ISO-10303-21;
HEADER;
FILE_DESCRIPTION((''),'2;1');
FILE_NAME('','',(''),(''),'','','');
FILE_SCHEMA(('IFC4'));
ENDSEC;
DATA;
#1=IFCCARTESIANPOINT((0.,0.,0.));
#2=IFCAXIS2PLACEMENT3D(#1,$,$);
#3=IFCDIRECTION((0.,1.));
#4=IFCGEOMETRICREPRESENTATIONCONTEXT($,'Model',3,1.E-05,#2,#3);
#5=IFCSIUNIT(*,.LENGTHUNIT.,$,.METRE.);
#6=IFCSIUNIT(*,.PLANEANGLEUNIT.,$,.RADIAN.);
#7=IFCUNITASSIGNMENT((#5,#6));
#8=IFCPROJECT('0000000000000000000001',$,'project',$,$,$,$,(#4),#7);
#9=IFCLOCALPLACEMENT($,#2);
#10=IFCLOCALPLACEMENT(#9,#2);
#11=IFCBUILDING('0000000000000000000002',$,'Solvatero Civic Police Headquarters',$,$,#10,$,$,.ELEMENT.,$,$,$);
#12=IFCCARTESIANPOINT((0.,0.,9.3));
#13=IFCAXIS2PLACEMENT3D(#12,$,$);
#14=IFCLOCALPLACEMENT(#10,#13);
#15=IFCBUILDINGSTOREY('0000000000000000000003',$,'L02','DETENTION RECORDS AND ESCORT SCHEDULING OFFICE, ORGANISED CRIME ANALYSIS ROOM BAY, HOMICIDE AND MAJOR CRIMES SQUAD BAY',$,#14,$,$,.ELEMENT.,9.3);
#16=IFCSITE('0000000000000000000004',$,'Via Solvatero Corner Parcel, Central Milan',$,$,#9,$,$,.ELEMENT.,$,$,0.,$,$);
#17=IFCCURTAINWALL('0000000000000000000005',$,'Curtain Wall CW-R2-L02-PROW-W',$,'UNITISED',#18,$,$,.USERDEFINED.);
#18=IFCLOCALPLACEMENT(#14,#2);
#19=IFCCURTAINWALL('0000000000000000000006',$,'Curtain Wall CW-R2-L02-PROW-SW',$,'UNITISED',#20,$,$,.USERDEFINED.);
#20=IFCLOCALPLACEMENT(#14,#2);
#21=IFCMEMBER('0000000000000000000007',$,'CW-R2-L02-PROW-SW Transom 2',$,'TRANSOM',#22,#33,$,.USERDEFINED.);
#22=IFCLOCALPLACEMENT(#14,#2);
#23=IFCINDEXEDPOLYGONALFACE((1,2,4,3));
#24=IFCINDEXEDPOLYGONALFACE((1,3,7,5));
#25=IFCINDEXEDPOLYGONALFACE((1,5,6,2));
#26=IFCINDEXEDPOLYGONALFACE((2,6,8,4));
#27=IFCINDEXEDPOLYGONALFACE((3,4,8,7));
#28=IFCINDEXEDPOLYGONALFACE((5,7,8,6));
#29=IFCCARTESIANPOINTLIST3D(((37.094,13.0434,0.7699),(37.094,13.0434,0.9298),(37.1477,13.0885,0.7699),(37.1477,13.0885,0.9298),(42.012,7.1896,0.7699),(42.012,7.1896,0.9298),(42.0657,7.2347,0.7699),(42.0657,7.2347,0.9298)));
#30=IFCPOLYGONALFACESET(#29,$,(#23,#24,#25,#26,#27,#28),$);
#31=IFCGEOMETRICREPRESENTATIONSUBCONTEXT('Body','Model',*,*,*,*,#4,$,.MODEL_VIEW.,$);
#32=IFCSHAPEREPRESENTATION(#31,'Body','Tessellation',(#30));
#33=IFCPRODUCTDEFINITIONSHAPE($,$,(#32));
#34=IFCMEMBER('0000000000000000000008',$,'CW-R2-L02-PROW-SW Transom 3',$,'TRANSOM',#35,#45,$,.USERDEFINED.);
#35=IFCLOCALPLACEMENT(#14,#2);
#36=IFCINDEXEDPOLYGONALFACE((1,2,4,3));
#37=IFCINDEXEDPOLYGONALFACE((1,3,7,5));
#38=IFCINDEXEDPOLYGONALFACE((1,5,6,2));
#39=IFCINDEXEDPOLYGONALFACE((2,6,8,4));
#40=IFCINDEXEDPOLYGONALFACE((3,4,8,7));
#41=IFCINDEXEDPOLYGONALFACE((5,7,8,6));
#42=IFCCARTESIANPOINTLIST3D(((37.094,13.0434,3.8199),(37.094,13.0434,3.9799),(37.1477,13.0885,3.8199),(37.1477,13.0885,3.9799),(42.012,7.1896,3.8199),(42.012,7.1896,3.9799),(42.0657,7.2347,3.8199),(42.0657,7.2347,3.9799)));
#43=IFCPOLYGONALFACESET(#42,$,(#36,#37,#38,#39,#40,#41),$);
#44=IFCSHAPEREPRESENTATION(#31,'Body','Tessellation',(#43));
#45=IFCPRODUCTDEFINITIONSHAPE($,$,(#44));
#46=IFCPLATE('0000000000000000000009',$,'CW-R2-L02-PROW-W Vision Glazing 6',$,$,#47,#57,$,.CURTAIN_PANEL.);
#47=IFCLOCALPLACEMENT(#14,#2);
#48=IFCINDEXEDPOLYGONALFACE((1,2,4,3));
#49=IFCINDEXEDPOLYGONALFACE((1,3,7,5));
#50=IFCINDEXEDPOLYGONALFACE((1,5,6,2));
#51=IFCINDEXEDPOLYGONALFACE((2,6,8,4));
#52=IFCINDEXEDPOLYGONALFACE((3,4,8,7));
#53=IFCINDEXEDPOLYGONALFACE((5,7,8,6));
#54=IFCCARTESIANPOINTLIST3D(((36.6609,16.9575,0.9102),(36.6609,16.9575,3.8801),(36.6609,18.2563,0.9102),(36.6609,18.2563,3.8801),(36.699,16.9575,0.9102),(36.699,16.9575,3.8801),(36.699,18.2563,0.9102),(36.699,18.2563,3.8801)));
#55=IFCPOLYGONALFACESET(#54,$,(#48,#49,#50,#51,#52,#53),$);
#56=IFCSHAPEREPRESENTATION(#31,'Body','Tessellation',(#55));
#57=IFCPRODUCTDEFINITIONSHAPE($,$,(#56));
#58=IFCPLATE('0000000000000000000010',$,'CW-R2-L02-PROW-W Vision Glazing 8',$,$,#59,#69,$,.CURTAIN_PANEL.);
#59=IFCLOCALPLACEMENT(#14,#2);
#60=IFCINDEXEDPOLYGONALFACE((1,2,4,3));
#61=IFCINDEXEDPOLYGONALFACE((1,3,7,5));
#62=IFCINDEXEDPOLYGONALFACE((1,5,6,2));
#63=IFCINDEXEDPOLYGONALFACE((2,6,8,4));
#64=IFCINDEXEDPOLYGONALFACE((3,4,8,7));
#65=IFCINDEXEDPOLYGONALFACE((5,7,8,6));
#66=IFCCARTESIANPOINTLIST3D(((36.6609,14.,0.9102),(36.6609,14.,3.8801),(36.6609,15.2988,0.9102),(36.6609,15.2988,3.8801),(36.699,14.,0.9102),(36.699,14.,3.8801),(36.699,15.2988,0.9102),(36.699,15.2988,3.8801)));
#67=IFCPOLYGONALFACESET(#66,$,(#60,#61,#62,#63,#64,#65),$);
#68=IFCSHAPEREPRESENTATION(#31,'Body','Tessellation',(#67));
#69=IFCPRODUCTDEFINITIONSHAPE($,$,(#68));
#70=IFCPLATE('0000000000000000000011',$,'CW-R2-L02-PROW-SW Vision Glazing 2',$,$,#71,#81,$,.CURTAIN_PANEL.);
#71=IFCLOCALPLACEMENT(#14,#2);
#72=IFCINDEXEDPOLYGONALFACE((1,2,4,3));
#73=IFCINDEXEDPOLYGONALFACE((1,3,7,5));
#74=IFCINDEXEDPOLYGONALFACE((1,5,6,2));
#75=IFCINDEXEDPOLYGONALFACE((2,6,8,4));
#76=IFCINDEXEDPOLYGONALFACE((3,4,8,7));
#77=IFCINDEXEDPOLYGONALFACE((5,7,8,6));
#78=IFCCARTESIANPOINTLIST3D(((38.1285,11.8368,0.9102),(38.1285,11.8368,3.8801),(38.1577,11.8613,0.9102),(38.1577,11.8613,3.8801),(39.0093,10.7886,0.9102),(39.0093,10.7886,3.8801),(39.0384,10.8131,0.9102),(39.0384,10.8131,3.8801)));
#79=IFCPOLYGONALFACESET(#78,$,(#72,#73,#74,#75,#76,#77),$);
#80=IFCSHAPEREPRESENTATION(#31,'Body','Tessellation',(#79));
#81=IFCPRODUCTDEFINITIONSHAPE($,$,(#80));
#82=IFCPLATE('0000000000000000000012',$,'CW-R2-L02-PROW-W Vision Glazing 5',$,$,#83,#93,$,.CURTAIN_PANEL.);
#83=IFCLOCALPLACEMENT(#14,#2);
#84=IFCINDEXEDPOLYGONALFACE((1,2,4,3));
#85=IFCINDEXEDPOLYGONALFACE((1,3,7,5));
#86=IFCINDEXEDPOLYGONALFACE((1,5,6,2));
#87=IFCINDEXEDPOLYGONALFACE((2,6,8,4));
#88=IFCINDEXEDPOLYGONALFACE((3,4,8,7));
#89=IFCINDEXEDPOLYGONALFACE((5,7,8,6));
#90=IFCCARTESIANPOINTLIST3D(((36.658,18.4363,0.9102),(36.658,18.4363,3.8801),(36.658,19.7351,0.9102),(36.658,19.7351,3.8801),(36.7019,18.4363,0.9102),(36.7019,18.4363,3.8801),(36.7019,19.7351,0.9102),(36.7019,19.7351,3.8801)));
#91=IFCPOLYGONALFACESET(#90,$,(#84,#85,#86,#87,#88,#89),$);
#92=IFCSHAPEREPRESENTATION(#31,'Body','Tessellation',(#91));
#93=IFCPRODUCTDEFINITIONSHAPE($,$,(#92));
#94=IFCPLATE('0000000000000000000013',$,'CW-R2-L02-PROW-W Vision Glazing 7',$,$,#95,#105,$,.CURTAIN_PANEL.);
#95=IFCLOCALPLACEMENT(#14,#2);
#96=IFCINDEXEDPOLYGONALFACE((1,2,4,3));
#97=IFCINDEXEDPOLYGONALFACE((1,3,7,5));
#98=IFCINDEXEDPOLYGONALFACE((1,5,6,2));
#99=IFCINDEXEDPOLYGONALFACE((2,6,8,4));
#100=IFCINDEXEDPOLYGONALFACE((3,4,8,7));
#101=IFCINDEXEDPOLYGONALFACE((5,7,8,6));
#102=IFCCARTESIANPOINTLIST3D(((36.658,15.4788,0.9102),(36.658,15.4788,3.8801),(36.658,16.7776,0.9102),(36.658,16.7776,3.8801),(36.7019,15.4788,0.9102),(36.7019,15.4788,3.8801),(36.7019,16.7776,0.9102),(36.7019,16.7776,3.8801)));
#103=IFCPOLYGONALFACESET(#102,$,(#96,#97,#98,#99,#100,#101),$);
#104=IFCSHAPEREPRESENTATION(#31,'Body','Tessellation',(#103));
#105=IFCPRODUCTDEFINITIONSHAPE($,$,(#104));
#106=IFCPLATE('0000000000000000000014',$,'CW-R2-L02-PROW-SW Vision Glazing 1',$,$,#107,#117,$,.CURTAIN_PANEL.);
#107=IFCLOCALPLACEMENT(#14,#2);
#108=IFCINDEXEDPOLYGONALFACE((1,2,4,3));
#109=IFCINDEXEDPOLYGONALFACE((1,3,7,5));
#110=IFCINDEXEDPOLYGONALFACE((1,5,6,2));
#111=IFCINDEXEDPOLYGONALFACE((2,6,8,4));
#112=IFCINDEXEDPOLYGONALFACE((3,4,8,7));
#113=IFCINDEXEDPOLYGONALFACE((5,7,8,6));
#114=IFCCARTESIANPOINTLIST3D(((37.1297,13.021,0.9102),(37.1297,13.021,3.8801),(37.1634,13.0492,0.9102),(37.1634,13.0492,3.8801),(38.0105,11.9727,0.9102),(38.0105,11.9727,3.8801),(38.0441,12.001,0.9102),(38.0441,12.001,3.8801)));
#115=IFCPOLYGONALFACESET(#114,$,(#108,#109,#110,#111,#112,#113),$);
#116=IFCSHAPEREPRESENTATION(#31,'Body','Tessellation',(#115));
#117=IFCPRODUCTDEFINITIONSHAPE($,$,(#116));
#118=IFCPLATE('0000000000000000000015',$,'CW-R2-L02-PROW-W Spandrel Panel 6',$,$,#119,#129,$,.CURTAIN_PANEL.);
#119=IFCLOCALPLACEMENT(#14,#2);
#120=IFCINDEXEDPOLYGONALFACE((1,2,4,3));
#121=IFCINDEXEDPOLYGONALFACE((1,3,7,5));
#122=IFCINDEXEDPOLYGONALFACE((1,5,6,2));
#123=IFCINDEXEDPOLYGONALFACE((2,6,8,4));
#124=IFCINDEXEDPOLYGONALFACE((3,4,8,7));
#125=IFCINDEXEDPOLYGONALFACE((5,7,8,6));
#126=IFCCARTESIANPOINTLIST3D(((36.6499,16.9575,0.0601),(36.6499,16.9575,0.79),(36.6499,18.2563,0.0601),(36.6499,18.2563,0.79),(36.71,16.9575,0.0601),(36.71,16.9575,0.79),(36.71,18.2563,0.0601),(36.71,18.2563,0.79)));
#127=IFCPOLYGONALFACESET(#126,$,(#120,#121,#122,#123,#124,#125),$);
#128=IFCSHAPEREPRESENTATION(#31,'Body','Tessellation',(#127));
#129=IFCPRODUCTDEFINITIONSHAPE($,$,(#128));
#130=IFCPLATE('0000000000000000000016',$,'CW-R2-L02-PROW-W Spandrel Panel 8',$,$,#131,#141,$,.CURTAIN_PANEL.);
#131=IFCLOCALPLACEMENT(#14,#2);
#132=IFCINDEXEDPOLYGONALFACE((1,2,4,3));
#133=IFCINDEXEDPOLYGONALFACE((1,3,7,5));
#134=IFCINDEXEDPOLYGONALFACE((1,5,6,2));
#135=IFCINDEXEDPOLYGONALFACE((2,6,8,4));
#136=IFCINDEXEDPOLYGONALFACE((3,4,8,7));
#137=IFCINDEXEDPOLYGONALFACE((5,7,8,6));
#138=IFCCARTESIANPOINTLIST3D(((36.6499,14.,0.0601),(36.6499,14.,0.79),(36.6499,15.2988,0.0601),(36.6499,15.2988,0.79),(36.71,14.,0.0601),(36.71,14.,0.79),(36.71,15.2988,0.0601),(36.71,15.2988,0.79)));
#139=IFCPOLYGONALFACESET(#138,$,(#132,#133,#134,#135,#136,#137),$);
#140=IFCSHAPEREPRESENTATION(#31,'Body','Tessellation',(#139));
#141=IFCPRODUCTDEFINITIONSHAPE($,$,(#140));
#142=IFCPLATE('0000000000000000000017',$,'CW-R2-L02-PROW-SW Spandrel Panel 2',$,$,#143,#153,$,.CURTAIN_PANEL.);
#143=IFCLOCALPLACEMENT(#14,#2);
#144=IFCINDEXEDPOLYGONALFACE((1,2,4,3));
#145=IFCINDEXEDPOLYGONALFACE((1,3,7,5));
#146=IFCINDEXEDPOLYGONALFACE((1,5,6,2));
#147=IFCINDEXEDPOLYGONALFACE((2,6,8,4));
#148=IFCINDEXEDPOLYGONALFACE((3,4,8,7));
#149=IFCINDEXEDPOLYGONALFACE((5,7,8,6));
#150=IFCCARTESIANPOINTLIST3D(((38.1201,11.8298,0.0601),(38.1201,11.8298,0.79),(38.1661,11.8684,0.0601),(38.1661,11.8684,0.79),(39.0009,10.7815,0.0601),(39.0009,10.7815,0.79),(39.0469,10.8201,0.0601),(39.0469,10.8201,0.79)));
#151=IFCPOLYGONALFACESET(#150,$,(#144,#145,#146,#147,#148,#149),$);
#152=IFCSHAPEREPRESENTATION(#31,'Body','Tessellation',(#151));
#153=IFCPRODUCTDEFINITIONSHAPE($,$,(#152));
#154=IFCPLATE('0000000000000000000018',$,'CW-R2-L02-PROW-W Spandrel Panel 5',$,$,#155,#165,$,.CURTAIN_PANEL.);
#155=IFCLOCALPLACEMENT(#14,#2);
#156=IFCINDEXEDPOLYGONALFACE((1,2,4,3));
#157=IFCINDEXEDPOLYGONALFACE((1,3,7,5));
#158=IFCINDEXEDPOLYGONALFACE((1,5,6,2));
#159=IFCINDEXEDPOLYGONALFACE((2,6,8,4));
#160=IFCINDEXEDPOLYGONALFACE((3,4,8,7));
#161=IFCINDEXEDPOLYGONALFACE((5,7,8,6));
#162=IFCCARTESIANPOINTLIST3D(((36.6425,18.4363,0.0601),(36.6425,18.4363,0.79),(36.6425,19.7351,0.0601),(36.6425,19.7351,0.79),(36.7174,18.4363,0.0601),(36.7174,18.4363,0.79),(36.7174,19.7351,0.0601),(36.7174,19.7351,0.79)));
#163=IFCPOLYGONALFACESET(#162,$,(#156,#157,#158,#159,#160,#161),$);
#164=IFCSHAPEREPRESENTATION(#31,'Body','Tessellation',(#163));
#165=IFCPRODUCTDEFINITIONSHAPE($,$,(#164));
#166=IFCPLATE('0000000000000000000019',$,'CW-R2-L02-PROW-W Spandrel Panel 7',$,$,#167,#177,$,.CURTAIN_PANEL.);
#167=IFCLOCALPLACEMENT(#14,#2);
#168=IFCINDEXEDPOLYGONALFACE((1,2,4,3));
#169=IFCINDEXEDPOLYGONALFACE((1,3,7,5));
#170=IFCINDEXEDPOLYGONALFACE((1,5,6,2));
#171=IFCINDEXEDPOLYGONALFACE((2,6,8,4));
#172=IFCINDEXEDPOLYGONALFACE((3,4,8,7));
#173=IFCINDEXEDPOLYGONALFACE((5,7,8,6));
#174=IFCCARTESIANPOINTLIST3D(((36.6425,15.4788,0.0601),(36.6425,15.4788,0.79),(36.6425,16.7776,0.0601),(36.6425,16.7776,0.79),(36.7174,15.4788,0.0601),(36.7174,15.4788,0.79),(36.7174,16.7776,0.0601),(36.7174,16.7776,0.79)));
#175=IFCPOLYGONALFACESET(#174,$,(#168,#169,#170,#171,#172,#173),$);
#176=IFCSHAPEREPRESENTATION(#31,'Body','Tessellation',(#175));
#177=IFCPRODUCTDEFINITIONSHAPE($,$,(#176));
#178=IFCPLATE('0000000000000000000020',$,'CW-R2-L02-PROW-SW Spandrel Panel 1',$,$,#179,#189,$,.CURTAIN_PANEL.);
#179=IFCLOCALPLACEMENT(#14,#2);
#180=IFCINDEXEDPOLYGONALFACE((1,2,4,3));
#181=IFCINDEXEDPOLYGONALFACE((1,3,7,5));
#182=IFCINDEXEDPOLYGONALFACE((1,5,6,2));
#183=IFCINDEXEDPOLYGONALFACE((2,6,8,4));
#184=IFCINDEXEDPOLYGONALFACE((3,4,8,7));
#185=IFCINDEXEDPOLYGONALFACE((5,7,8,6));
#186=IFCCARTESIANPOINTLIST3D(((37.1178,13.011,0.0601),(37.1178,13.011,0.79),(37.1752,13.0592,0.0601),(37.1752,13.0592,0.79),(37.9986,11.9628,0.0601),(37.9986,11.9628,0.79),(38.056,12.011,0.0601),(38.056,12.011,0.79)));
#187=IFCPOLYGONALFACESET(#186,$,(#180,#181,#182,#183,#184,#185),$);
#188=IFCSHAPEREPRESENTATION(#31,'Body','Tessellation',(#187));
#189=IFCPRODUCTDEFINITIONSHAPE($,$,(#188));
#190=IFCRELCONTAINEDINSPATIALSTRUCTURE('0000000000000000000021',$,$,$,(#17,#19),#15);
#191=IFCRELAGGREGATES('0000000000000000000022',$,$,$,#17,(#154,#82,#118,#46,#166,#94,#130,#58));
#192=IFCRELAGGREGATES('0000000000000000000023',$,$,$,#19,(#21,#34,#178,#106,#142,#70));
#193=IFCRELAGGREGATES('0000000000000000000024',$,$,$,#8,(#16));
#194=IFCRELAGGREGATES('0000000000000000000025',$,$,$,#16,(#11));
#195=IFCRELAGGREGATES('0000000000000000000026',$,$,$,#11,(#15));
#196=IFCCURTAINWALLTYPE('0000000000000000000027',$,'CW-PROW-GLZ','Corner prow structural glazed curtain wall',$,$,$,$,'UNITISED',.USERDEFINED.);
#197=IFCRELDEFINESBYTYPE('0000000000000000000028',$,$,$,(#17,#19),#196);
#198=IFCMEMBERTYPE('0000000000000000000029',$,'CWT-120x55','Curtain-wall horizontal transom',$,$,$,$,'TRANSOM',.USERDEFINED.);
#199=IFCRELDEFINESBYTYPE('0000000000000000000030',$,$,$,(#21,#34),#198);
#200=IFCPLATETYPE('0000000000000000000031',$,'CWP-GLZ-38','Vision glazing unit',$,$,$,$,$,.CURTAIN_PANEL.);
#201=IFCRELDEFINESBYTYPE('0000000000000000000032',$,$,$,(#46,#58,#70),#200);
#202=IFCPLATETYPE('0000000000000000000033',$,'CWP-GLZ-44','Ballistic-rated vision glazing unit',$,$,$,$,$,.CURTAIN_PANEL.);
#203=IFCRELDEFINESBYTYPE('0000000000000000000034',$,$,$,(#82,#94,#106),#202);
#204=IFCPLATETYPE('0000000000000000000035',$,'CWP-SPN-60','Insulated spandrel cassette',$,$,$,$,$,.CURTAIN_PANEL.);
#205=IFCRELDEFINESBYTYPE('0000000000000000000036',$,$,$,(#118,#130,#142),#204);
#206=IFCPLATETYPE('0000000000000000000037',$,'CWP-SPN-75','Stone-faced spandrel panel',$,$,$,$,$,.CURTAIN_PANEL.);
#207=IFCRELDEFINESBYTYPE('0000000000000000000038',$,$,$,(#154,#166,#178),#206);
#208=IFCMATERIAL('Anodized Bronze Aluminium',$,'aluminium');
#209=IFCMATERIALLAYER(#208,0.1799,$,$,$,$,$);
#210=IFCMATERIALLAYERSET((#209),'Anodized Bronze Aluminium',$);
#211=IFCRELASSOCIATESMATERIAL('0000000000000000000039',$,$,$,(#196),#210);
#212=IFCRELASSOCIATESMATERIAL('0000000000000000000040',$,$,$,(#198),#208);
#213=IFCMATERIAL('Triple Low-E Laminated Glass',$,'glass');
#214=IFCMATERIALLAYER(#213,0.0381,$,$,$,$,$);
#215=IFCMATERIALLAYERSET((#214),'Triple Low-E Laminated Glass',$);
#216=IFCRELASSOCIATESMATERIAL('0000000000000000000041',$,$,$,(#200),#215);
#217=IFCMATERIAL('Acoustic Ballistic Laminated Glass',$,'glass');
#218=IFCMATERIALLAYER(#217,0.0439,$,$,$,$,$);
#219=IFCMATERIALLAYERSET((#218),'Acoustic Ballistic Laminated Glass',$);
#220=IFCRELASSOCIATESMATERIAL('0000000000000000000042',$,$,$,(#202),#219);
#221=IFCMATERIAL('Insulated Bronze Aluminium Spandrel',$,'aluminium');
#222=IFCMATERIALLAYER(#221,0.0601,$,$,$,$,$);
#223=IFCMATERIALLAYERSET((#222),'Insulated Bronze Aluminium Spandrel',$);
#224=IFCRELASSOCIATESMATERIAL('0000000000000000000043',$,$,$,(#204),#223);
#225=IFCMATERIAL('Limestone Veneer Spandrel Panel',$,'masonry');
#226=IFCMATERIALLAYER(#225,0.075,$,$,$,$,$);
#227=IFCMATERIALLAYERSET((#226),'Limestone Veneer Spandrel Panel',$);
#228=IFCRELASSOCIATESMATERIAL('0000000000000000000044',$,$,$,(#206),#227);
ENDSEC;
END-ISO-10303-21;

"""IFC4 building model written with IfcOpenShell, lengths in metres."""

from ifc_helpers import new_model, si_unit, direction, frame, origin, origin_2d, place, context, subcontext, project, spatial, rectangle, extrude, material, layer, layer_set, material_profile, profile_set, type_object, element, aggregate, save


model = new_model("IFC4")

# Units and contexts
model_context = context("Model", 3, precision=1e-05, world=origin(), true_north=direction((0.0, 1.0)))
body_context = subcontext(model_context, "Body", "Model", "MODEL_VIEW")
ifc_project = project(units=[si_unit("LENGTHUNIT", "METRE"), si_unit("PLANEANGLEUNIT", "RADIAN")], contexts=[model_context])

# Site, building, storey
site_placement = place(None, origin())
site = spatial("IfcSite", under=ifc_project, at=site_placement, Name="Via Solvatero Corner Parcel, Central Milan", CompositionType="ELEMENT", RefElevation=0.0)
building_placement = place(site_placement, origin())
building = spatial("IfcBuilding", under=site, at=building_placement, Name="Solvatero Civic Police Headquarters", CompositionType="ELEMENT")
storey_placement = place(building_placement, frame((0.0, 0.0, 9.3)))
storey = spatial("IfcBuildingStorey", under=building, at=storey_placement, Name="L02", Description="DETENTION RECORDS AND ESCORT SCHEDULING OFFICE, ORGANISED CRIME ANALYSIS ROOM BAY, HOMICIDE AND MAJOR CRIMES SQUAD BAY", CompositionType="ELEMENT", Elevation=9.3)

# Curtain walls, members
ifc_material_1 = material(Name="Anodized Bronze Aluminium", Category="aluminium")
ifc_layer_1 = layer(ifc_material_1, 0.1799)
ifc_layer_set_1 = layer_set([ifc_layer_1], Name="Anodized Bronze Aluminium")
curtain_wall_type = type_object("IfcCurtainWallType", Name="CW-PROW-GLZ", Description="Corner prow structural glazed curtain wall", ElementType="UNITISED", PredefinedType="USERDEFINED", material=ifc_layer_set_1)
curtain_wall_1_placement = place(storey_placement, origin())
curtain_wall_1 = element("IfcCurtainWall", 1, at=curtain_wall_1_placement, inside=storey, type_object=curtain_wall_type, Name="Curtain Wall CW-R2-L02-PROW-W", ObjectType="UNITISED", PredefinedType="USERDEFINED")
curtain_wall_2_placement = place(storey_placement, origin())
curtain_wall_2 = element("IfcCurtainWall", 2, at=curtain_wall_2_placement, inside=storey, type_object=curtain_wall_type, Name="Curtain Wall CW-R2-L02-PROW-SW", ObjectType="UNITISED", PredefinedType="USERDEFINED")
ifc_material_profile_1 = material_profile(ifc_material_1, rectangle(XDim=0.0701, YDim=0.1599, at=origin_2d()), Name="ALU TRANSOM 70x160")
ifc_profile_set_1 = profile_set([ifc_material_profile_1], Name="Anodized Bronze Aluminium")
member_type_1 = type_object("IfcMemberType", Name="CWT-120x55", Description="Curtain-wall horizontal transom", ElementType="TRANSOM", PredefinedType="USERDEFINED", material=ifc_profile_set_1)
member_1_placement = place(storey_placement, frame((37.1208, 13.0659, 0.8499), z_axis=(0.643254, -0.765653, 0.0), x_axis=(0.765653, 0.643254, 0.0)))
member_1 = element("IfcMember", 3, at=member_1_placement, type_object=member_type_1, Name="CW-R2-L02-PROW-SW Transom 2", ObjectType="TRANSOM", PredefinedType="USERDEFINED", context=body_context, shape_type="SweptSolid", body=[
    extrude(rectangle(XDim=0.0701, YDim=0.1599, at=origin_2d()), origin(), (0.0, 0.0, 1.0), 7.6455),
])
member_2_placement = place(storey_placement, frame((37.1208, 13.0659, 3.8999), z_axis=(0.643254, -0.765653, 0.0), x_axis=(0.765653, 0.643254, 0.0)))
member_2 = element("IfcMember", 4, at=member_2_placement, type_object=member_type_1, Name="CW-R2-L02-PROW-SW Transom 3", ObjectType="TRANSOM", PredefinedType="USERDEFINED", context=body_context, shape_type="SweptSolid", body=[
    extrude(rectangle(XDim=0.0701, YDim=0.1599, at=origin_2d()), origin(), (0.0, 0.0, 1.0), 7.6455),
])

# Plates
ifc_material_2 = material(Name="Triple Low-E Laminated Glass", Category="glass")
ifc_layer_2 = layer(ifc_material_2, 0.0381)
ifc_layer_set_2 = layer_set([ifc_layer_2], Name="Triple Low-E Laminated Glass")
plate_type_1 = type_object("IfcPlateType", Name="CWP-GLZ-38", Description="Vision glazing unit", PredefinedType="CURTAIN_PANEL", material=ifc_layer_set_2)
plate_1_placement = place(storey_placement, frame((36.6799, 17.6069, 0.9102), z_axis=(0.0, 0.0, 1.0), x_axis=(0.0, -1.0, 0.0)))
plate_1 = element("IfcPlate", 5, at=plate_1_placement, type_object=plate_type_1, Name="CW-R2-L02-PROW-W Vision Glazing 6", PredefinedType="CURTAIN_PANEL", context=body_context, shape_type="SweptSolid", body=[
    extrude(rectangle(XDim=1.2988, YDim=0.0381, at=origin_2d()), origin(), (0.0, 0.0, 1.0), 2.97),
])
plate_2_placement = place(storey_placement, frame((36.6799, 14.6494, 0.9102), z_axis=(0.0, 0.0, 1.0), x_axis=(0.0, -1.0, 0.0)))
plate_2 = element("IfcPlate", 6, at=plate_2_placement, type_object=plate_type_1, Name="CW-R2-L02-PROW-W Vision Glazing 8", PredefinedType="CURTAIN_PANEL", context=body_context, shape_type="SweptSolid", body=[
    extrude(rectangle(XDim=1.2988, YDim=0.0381, at=origin_2d()), origin(), (0.0, 0.0, 1.0), 2.97),
])
plate_3_placement = place(storey_placement, frame((38.5835, 11.325, 0.9102), z_axis=(0.0, 0.0, 1.0), x_axis=(0.643282, -0.765629, 0.0)))
plate_3 = element("IfcPlate", 7, at=plate_3_placement, type_object=plate_type_1, Name="CW-R2-L02-PROW-SW Vision Glazing 2", PredefinedType="CURTAIN_PANEL", context=body_context, shape_type="SweptSolid", body=[
    extrude(rectangle(XDim=1.3691, YDim=0.0381, at=origin_2d()), origin(), (0.0, 0.0, 1.0), 2.97),
])
ifc_material_3 = material(Name="Acoustic Ballistic Laminated Glass", Category="glass")
ifc_layer_3 = layer(ifc_material_3, 0.0439)
ifc_layer_set_3 = layer_set([ifc_layer_3], Name="Acoustic Ballistic Laminated Glass")
plate_type_2 = type_object("IfcPlateType", Name="CWP-GLZ-44", Description="Ballistic-rated vision glazing unit", PredefinedType="CURTAIN_PANEL", material=ifc_layer_set_3)
plate_4_placement = place(storey_placement, frame((36.6799, 19.0857, 0.9102), z_axis=(0.0, 0.0, 1.0), x_axis=(0.0, -1.0, 0.0)))
plate_4 = element("IfcPlate", 8, at=plate_4_placement, type_object=plate_type_2, Name="CW-R2-L02-PROW-W Vision Glazing 5", PredefinedType="CURTAIN_PANEL", context=body_context, shape_type="SweptSolid", body=[
    extrude(rectangle(XDim=1.2988, YDim=0.0439, at=origin_2d()), origin(), (0.0, 0.0, 1.0), 2.97),
])
plate_5_placement = place(storey_placement, frame((36.6799, 16.1282, 0.9102), z_axis=(0.0, 0.0, 1.0), x_axis=(0.0, -1.0, 0.0)))
plate_5 = element("IfcPlate", 9, at=plate_5_placement, type_object=plate_type_2, Name="CW-R2-L02-PROW-W Vision Glazing 7", PredefinedType="CURTAIN_PANEL", context=body_context, shape_type="SweptSolid", body=[
    extrude(rectangle(XDim=1.2988, YDim=0.0439, at=origin_2d()), origin(), (0.0, 0.0, 1.0), 2.97),
])
plate_6_placement = place(storey_placement, frame((37.5869, 12.511, 0.9102), z_axis=(0.0, 0.0, 1.0), x_axis=(0.643282, -0.765629, 0.0)))
plate_6 = element("IfcPlate", 10, at=plate_6_placement, type_object=plate_type_2, Name="CW-R2-L02-PROW-SW Vision Glazing 1", PredefinedType="CURTAIN_PANEL", context=body_context, shape_type="SweptSolid", body=[
    extrude(rectangle(XDim=1.3691, YDim=0.0439, at=origin_2d()), origin(), (0.0, 0.0, 1.0), 2.97),
])
ifc_material_4 = material(Name="Insulated Bronze Aluminium Spandrel", Category="aluminium")
ifc_layer_4 = layer(ifc_material_4, 0.0601)
ifc_layer_set_4 = layer_set([ifc_layer_4], Name="Insulated Bronze Aluminium Spandrel")
plate_type_3 = type_object("IfcPlateType", Name="CWP-SPN-60", Description="Insulated spandrel cassette", PredefinedType="CURTAIN_PANEL", material=ifc_layer_set_4)
plate_7_placement = place(storey_placement, frame((36.6799, 17.6069, 0.0601), z_axis=(0.0, 0.0, 1.0), x_axis=(0.0, -1.0, 0.0)))
plate_7 = element("IfcPlate", 11, at=plate_7_placement, type_object=plate_type_3, Name="CW-R2-L02-PROW-W Spandrel Panel 6", PredefinedType="CURTAIN_PANEL", context=body_context, shape_type="SweptSolid", body=[
    extrude(rectangle(XDim=1.2988, YDim=0.0601, at=origin_2d()), origin(), (0.0, 0.0, 1.0), 0.73),
])
plate_8_placement = place(storey_placement, frame((36.6799, 14.6494, 0.0601), z_axis=(0.0, 0.0, 1.0), x_axis=(0.0, -1.0, 0.0)))
plate_8 = element("IfcPlate", 12, at=plate_8_placement, type_object=plate_type_3, Name="CW-R2-L02-PROW-W Spandrel Panel 8", PredefinedType="CURTAIN_PANEL", context=body_context, shape_type="SweptSolid", body=[
    extrude(rectangle(XDim=1.2988, YDim=0.0601, at=origin_2d()), origin(), (0.0, 0.0, 1.0), 0.73),
])
plate_9_placement = place(storey_placement, frame((38.5835, 11.325, 0.0601), z_axis=(0.0, 0.0, 1.0), x_axis=(0.643282, -0.765629, 0.0)))
plate_9 = element("IfcPlate", 13, at=plate_9_placement, type_object=plate_type_3, Name="CW-R2-L02-PROW-SW Spandrel Panel 2", PredefinedType="CURTAIN_PANEL", context=body_context, shape_type="SweptSolid", body=[
    extrude(rectangle(XDim=1.3691, YDim=0.0601, at=origin_2d()), origin(), (0.0, 0.0, 1.0), 0.73),
])
ifc_material_5 = material(Name="Limestone Veneer Spandrel Panel", Category="masonry")
ifc_layer_5 = layer(ifc_material_5, 0.075)
ifc_layer_set_5 = layer_set([ifc_layer_5], Name="Limestone Veneer Spandrel Panel")
plate_type_4 = type_object("IfcPlateType", Name="CWP-SPN-75", Description="Stone-faced spandrel panel", PredefinedType="CURTAIN_PANEL", material=ifc_layer_set_5)
plate_10_placement = place(storey_placement, frame((36.6799, 19.0857, 0.0601), z_axis=(0.0, 0.0, 1.0), x_axis=(0.0, -1.0, 0.0)))
plate_10 = element("IfcPlate", 14, at=plate_10_placement, type_object=plate_type_4, Name="CW-R2-L02-PROW-W Spandrel Panel 5", PredefinedType="CURTAIN_PANEL", context=body_context, shape_type="SweptSolid", body=[
    extrude(rectangle(XDim=1.2988, YDim=0.075, at=origin_2d()), origin(), (0.0, 0.0, 1.0), 0.73),
])
plate_11_placement = place(storey_placement, frame((36.6799, 16.1282, 0.0601), z_axis=(0.0, 0.0, 1.0), x_axis=(0.0, -1.0, 0.0)))
plate_11 = element("IfcPlate", 15, at=plate_11_placement, type_object=plate_type_4, Name="CW-R2-L02-PROW-W Spandrel Panel 7", PredefinedType="CURTAIN_PANEL", context=body_context, shape_type="SweptSolid", body=[
    extrude(rectangle(XDim=1.2988, YDim=0.075, at=origin_2d()), origin(), (0.0, 0.0, 1.0), 0.73),
])
aggregate(curtain_wall_1, [plate_10, plate_4, plate_7, plate_1, plate_11, plate_5, plate_8, plate_2])
plate_12_placement = place(storey_placement, frame((37.5869, 12.511, 0.0601), z_axis=(0.0, 0.0, 1.0), x_axis=(0.643282, -0.765629, 0.0)))
plate_12 = element("IfcPlate", 16, at=plate_12_placement, type_object=plate_type_4, Name="CW-R2-L02-PROW-SW Spandrel Panel 1", PredefinedType="CURTAIN_PANEL", context=body_context, shape_type="SweptSolid", body=[
    extrude(rectangle(XDim=1.3691, YDim=0.075, at=origin_2d()), origin(), (0.0, 0.0, 1.0), 0.73),
])
aggregate(curtain_wall_2, [member_1, member_2, plate_12, plate_6, plate_9, plate_3])

save(model, "model.ifc")
